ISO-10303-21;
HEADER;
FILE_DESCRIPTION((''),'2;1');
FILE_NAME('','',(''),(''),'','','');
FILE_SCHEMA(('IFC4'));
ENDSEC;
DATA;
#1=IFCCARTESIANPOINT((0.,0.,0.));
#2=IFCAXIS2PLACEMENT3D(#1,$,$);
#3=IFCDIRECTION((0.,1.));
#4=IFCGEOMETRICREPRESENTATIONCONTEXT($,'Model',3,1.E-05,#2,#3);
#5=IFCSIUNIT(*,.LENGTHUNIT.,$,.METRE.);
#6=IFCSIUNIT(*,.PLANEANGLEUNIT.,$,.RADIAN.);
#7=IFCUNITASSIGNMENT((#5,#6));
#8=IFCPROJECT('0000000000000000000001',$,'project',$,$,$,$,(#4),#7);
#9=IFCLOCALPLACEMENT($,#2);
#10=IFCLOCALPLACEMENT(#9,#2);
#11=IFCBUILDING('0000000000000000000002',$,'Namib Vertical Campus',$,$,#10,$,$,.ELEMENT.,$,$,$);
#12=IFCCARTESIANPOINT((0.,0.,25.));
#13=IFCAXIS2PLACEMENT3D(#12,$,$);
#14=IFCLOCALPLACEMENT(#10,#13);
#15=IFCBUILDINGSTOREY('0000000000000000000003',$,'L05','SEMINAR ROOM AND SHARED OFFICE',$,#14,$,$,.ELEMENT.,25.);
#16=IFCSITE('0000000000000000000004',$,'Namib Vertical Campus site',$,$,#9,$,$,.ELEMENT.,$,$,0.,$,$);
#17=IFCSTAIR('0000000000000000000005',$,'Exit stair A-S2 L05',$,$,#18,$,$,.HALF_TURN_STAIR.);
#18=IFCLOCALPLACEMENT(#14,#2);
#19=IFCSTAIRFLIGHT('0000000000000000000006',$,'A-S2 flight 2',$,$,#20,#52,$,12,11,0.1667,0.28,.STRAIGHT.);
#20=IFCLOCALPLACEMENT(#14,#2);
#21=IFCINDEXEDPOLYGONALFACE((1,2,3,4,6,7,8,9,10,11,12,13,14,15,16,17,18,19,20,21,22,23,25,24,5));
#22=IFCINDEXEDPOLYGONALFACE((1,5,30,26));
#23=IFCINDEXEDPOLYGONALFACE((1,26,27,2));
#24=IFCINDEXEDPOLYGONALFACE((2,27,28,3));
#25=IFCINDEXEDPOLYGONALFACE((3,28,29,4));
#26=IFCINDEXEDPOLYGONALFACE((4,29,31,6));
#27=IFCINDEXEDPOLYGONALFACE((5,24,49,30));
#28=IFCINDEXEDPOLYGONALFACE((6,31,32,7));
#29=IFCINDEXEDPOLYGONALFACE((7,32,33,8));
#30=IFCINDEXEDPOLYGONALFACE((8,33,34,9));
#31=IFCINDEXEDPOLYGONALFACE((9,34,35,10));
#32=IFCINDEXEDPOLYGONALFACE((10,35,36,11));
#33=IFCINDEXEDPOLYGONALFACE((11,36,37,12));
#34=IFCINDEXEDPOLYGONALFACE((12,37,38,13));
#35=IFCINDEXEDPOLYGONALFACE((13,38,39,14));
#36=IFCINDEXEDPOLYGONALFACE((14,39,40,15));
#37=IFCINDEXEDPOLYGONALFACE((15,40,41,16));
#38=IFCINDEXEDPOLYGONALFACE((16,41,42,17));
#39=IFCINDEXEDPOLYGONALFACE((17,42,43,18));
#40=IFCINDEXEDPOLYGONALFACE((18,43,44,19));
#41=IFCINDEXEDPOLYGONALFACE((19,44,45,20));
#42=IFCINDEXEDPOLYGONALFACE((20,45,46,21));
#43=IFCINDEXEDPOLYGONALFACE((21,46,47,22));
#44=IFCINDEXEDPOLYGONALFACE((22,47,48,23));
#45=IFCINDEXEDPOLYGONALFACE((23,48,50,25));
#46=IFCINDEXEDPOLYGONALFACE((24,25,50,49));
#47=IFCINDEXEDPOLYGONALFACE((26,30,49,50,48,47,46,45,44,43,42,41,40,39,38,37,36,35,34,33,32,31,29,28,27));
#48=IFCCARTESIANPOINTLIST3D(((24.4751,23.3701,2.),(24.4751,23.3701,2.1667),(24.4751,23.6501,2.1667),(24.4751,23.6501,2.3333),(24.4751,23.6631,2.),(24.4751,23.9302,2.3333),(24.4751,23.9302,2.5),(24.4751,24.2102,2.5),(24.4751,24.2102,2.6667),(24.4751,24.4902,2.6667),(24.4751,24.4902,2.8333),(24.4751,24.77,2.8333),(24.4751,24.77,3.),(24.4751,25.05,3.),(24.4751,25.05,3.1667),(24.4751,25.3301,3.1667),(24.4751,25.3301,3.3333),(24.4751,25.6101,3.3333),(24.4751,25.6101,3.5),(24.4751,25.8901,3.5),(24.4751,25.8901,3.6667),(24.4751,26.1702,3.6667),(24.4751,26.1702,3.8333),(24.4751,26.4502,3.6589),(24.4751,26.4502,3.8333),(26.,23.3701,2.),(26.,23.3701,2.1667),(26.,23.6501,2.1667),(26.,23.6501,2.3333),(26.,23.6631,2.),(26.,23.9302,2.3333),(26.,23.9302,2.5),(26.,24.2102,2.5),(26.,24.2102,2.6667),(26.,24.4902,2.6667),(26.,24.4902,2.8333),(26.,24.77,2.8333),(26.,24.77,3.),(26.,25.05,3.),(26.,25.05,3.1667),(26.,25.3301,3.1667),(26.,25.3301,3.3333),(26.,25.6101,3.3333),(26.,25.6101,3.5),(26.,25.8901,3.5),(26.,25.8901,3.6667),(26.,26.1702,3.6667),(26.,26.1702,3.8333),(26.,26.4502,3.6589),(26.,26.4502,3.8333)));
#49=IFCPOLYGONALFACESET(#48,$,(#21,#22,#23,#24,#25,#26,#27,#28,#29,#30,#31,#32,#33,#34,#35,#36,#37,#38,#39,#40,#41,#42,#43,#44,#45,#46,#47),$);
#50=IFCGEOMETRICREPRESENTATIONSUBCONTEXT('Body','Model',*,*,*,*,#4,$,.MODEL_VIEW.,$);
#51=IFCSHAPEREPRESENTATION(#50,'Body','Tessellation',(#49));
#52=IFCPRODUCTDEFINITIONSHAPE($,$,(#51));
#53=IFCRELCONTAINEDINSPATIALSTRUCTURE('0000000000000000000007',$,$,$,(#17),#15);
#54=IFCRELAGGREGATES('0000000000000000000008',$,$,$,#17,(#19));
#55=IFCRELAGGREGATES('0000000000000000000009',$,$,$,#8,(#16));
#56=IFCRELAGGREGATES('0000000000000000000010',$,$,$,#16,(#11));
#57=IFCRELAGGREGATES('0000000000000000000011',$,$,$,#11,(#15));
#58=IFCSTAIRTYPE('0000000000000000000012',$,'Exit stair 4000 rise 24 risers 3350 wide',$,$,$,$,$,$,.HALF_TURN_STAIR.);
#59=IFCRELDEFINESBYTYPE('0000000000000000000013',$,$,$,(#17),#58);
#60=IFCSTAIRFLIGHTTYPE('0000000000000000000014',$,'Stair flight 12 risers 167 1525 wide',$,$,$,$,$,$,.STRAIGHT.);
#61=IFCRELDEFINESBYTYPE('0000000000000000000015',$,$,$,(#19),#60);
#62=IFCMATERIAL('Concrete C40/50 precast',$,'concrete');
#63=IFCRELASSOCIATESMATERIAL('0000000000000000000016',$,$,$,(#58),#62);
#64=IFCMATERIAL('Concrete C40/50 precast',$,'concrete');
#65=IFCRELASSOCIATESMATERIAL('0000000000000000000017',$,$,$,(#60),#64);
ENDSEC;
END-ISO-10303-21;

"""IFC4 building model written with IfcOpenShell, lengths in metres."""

from ifc_helpers import new_model, si_unit, direction, frame, origin, place, context, subcontext, project, spatial, polyline, outline, extrude, material, type_object, element, aggregate, save


model = new_model("IFC4")

# Units and contexts
model_context = context("Model", 3, precision=1e-05, world=origin(), true_north=direction((0.0, 1.0)))
body_context = subcontext(model_context, "Body", "Model", "MODEL_VIEW")
ifc_project = project(units=[si_unit("LENGTHUNIT", "METRE"), si_unit("PLANEANGLEUNIT", "RADIAN")], contexts=[model_context])

# Site, building, storey
site_placement = place(None, origin())
site = spatial("IfcSite", under=ifc_project, at=site_placement, Name="Namib Vertical Campus site", CompositionType="ELEMENT", RefElevation=0.0)
building_placement = place(site_placement, origin())
building = spatial("IfcBuilding", under=site, at=building_placement, Name="Namib Vertical Campus", CompositionType="ELEMENT")
storey_placement = place(building_placement, frame((0.0, 0.0, 25.0)))
storey = spatial("IfcBuildingStorey", under=building, at=storey_placement, Name="L05", Description="SEMINAR ROOM AND SHARED OFFICE", CompositionType="ELEMENT", Elevation=25.0)

# Stair, stair flight
ifc_material_1 = material(Name="Concrete C40/50 precast", Category="concrete")
stair_type = type_object("IfcStairType", Name="Exit stair 4000 rise 24 risers 3350 wide", PredefinedType="HALF_TURN_STAIR", material=ifc_material_1)
stair_placement = place(storey_placement, origin())
stair = element("IfcStair", 1, at=stair_placement, inside=storey, type_object=stair_type, Name="Exit stair A-S2 L05", PredefinedType="HALF_TURN_STAIR")
ifc_material_2 = material(Name="Concrete C40/50 precast", Category="concrete")
stair_flight_type = type_object("IfcStairFlightType", Name="Stair flight 12 risers 167 1525 wide", PredefinedType="STRAIGHT", material=ifc_material_2)
stair_flight_1_placement = place(storey_placement, frame((25.2375, 23.3701, 2.0), z_axis=(0.0, 0.0, 1.0), x_axis=(0.0, 1.0, 0.0)))
stair_flight_1 = element("IfcStairFlight", 2, at=stair_flight_1_placement, type_object=stair_flight_type, Name="A-S2 flight 2", NumberOfRisers=12, NumberOfTreads=11, PredefinedType="STRAIGHT", RiserHeight=0.1667, TreadLength=0.28, context=body_context, shape_type="SweptSolid", body=[
    extrude(outline(polyline([(0.0, 0.0), (0.0, 0.1667), (0.28, 0.1667), (0.28, 0.3333), (0.5601, 0.3333), (0.5601, 0.5), (0.8401, 0.5), (0.8401, 0.6667), (1.1201, 0.6667), (1.1201, 0.8333), (1.3999, 0.8333), (1.3999, 1.0), (1.6799, 1.0), (1.6799, 1.1667), (1.96, 1.1667), (1.96, 1.3333), (2.24, 1.3333), (2.24, 1.5), (2.52, 1.5), (2.52, 1.6667), (2.8, 1.6667), (2.8, 1.8333), (3.0801, 1.8333), (3.0801, 2.0), (3.0801, 1.6589), (0.293, 0.0), (0.0, 0.0)])), frame((0.0, 0.7625, 0.0), z_axis=(0.0, -1.0, 0.0), x_axis=(1.0, 0.0, 0.0)), (0.0, 0.0, 1.0), 1.5249),
])
aggregate(stair, [stair_flight_1])

save(model, "model.ifc")
